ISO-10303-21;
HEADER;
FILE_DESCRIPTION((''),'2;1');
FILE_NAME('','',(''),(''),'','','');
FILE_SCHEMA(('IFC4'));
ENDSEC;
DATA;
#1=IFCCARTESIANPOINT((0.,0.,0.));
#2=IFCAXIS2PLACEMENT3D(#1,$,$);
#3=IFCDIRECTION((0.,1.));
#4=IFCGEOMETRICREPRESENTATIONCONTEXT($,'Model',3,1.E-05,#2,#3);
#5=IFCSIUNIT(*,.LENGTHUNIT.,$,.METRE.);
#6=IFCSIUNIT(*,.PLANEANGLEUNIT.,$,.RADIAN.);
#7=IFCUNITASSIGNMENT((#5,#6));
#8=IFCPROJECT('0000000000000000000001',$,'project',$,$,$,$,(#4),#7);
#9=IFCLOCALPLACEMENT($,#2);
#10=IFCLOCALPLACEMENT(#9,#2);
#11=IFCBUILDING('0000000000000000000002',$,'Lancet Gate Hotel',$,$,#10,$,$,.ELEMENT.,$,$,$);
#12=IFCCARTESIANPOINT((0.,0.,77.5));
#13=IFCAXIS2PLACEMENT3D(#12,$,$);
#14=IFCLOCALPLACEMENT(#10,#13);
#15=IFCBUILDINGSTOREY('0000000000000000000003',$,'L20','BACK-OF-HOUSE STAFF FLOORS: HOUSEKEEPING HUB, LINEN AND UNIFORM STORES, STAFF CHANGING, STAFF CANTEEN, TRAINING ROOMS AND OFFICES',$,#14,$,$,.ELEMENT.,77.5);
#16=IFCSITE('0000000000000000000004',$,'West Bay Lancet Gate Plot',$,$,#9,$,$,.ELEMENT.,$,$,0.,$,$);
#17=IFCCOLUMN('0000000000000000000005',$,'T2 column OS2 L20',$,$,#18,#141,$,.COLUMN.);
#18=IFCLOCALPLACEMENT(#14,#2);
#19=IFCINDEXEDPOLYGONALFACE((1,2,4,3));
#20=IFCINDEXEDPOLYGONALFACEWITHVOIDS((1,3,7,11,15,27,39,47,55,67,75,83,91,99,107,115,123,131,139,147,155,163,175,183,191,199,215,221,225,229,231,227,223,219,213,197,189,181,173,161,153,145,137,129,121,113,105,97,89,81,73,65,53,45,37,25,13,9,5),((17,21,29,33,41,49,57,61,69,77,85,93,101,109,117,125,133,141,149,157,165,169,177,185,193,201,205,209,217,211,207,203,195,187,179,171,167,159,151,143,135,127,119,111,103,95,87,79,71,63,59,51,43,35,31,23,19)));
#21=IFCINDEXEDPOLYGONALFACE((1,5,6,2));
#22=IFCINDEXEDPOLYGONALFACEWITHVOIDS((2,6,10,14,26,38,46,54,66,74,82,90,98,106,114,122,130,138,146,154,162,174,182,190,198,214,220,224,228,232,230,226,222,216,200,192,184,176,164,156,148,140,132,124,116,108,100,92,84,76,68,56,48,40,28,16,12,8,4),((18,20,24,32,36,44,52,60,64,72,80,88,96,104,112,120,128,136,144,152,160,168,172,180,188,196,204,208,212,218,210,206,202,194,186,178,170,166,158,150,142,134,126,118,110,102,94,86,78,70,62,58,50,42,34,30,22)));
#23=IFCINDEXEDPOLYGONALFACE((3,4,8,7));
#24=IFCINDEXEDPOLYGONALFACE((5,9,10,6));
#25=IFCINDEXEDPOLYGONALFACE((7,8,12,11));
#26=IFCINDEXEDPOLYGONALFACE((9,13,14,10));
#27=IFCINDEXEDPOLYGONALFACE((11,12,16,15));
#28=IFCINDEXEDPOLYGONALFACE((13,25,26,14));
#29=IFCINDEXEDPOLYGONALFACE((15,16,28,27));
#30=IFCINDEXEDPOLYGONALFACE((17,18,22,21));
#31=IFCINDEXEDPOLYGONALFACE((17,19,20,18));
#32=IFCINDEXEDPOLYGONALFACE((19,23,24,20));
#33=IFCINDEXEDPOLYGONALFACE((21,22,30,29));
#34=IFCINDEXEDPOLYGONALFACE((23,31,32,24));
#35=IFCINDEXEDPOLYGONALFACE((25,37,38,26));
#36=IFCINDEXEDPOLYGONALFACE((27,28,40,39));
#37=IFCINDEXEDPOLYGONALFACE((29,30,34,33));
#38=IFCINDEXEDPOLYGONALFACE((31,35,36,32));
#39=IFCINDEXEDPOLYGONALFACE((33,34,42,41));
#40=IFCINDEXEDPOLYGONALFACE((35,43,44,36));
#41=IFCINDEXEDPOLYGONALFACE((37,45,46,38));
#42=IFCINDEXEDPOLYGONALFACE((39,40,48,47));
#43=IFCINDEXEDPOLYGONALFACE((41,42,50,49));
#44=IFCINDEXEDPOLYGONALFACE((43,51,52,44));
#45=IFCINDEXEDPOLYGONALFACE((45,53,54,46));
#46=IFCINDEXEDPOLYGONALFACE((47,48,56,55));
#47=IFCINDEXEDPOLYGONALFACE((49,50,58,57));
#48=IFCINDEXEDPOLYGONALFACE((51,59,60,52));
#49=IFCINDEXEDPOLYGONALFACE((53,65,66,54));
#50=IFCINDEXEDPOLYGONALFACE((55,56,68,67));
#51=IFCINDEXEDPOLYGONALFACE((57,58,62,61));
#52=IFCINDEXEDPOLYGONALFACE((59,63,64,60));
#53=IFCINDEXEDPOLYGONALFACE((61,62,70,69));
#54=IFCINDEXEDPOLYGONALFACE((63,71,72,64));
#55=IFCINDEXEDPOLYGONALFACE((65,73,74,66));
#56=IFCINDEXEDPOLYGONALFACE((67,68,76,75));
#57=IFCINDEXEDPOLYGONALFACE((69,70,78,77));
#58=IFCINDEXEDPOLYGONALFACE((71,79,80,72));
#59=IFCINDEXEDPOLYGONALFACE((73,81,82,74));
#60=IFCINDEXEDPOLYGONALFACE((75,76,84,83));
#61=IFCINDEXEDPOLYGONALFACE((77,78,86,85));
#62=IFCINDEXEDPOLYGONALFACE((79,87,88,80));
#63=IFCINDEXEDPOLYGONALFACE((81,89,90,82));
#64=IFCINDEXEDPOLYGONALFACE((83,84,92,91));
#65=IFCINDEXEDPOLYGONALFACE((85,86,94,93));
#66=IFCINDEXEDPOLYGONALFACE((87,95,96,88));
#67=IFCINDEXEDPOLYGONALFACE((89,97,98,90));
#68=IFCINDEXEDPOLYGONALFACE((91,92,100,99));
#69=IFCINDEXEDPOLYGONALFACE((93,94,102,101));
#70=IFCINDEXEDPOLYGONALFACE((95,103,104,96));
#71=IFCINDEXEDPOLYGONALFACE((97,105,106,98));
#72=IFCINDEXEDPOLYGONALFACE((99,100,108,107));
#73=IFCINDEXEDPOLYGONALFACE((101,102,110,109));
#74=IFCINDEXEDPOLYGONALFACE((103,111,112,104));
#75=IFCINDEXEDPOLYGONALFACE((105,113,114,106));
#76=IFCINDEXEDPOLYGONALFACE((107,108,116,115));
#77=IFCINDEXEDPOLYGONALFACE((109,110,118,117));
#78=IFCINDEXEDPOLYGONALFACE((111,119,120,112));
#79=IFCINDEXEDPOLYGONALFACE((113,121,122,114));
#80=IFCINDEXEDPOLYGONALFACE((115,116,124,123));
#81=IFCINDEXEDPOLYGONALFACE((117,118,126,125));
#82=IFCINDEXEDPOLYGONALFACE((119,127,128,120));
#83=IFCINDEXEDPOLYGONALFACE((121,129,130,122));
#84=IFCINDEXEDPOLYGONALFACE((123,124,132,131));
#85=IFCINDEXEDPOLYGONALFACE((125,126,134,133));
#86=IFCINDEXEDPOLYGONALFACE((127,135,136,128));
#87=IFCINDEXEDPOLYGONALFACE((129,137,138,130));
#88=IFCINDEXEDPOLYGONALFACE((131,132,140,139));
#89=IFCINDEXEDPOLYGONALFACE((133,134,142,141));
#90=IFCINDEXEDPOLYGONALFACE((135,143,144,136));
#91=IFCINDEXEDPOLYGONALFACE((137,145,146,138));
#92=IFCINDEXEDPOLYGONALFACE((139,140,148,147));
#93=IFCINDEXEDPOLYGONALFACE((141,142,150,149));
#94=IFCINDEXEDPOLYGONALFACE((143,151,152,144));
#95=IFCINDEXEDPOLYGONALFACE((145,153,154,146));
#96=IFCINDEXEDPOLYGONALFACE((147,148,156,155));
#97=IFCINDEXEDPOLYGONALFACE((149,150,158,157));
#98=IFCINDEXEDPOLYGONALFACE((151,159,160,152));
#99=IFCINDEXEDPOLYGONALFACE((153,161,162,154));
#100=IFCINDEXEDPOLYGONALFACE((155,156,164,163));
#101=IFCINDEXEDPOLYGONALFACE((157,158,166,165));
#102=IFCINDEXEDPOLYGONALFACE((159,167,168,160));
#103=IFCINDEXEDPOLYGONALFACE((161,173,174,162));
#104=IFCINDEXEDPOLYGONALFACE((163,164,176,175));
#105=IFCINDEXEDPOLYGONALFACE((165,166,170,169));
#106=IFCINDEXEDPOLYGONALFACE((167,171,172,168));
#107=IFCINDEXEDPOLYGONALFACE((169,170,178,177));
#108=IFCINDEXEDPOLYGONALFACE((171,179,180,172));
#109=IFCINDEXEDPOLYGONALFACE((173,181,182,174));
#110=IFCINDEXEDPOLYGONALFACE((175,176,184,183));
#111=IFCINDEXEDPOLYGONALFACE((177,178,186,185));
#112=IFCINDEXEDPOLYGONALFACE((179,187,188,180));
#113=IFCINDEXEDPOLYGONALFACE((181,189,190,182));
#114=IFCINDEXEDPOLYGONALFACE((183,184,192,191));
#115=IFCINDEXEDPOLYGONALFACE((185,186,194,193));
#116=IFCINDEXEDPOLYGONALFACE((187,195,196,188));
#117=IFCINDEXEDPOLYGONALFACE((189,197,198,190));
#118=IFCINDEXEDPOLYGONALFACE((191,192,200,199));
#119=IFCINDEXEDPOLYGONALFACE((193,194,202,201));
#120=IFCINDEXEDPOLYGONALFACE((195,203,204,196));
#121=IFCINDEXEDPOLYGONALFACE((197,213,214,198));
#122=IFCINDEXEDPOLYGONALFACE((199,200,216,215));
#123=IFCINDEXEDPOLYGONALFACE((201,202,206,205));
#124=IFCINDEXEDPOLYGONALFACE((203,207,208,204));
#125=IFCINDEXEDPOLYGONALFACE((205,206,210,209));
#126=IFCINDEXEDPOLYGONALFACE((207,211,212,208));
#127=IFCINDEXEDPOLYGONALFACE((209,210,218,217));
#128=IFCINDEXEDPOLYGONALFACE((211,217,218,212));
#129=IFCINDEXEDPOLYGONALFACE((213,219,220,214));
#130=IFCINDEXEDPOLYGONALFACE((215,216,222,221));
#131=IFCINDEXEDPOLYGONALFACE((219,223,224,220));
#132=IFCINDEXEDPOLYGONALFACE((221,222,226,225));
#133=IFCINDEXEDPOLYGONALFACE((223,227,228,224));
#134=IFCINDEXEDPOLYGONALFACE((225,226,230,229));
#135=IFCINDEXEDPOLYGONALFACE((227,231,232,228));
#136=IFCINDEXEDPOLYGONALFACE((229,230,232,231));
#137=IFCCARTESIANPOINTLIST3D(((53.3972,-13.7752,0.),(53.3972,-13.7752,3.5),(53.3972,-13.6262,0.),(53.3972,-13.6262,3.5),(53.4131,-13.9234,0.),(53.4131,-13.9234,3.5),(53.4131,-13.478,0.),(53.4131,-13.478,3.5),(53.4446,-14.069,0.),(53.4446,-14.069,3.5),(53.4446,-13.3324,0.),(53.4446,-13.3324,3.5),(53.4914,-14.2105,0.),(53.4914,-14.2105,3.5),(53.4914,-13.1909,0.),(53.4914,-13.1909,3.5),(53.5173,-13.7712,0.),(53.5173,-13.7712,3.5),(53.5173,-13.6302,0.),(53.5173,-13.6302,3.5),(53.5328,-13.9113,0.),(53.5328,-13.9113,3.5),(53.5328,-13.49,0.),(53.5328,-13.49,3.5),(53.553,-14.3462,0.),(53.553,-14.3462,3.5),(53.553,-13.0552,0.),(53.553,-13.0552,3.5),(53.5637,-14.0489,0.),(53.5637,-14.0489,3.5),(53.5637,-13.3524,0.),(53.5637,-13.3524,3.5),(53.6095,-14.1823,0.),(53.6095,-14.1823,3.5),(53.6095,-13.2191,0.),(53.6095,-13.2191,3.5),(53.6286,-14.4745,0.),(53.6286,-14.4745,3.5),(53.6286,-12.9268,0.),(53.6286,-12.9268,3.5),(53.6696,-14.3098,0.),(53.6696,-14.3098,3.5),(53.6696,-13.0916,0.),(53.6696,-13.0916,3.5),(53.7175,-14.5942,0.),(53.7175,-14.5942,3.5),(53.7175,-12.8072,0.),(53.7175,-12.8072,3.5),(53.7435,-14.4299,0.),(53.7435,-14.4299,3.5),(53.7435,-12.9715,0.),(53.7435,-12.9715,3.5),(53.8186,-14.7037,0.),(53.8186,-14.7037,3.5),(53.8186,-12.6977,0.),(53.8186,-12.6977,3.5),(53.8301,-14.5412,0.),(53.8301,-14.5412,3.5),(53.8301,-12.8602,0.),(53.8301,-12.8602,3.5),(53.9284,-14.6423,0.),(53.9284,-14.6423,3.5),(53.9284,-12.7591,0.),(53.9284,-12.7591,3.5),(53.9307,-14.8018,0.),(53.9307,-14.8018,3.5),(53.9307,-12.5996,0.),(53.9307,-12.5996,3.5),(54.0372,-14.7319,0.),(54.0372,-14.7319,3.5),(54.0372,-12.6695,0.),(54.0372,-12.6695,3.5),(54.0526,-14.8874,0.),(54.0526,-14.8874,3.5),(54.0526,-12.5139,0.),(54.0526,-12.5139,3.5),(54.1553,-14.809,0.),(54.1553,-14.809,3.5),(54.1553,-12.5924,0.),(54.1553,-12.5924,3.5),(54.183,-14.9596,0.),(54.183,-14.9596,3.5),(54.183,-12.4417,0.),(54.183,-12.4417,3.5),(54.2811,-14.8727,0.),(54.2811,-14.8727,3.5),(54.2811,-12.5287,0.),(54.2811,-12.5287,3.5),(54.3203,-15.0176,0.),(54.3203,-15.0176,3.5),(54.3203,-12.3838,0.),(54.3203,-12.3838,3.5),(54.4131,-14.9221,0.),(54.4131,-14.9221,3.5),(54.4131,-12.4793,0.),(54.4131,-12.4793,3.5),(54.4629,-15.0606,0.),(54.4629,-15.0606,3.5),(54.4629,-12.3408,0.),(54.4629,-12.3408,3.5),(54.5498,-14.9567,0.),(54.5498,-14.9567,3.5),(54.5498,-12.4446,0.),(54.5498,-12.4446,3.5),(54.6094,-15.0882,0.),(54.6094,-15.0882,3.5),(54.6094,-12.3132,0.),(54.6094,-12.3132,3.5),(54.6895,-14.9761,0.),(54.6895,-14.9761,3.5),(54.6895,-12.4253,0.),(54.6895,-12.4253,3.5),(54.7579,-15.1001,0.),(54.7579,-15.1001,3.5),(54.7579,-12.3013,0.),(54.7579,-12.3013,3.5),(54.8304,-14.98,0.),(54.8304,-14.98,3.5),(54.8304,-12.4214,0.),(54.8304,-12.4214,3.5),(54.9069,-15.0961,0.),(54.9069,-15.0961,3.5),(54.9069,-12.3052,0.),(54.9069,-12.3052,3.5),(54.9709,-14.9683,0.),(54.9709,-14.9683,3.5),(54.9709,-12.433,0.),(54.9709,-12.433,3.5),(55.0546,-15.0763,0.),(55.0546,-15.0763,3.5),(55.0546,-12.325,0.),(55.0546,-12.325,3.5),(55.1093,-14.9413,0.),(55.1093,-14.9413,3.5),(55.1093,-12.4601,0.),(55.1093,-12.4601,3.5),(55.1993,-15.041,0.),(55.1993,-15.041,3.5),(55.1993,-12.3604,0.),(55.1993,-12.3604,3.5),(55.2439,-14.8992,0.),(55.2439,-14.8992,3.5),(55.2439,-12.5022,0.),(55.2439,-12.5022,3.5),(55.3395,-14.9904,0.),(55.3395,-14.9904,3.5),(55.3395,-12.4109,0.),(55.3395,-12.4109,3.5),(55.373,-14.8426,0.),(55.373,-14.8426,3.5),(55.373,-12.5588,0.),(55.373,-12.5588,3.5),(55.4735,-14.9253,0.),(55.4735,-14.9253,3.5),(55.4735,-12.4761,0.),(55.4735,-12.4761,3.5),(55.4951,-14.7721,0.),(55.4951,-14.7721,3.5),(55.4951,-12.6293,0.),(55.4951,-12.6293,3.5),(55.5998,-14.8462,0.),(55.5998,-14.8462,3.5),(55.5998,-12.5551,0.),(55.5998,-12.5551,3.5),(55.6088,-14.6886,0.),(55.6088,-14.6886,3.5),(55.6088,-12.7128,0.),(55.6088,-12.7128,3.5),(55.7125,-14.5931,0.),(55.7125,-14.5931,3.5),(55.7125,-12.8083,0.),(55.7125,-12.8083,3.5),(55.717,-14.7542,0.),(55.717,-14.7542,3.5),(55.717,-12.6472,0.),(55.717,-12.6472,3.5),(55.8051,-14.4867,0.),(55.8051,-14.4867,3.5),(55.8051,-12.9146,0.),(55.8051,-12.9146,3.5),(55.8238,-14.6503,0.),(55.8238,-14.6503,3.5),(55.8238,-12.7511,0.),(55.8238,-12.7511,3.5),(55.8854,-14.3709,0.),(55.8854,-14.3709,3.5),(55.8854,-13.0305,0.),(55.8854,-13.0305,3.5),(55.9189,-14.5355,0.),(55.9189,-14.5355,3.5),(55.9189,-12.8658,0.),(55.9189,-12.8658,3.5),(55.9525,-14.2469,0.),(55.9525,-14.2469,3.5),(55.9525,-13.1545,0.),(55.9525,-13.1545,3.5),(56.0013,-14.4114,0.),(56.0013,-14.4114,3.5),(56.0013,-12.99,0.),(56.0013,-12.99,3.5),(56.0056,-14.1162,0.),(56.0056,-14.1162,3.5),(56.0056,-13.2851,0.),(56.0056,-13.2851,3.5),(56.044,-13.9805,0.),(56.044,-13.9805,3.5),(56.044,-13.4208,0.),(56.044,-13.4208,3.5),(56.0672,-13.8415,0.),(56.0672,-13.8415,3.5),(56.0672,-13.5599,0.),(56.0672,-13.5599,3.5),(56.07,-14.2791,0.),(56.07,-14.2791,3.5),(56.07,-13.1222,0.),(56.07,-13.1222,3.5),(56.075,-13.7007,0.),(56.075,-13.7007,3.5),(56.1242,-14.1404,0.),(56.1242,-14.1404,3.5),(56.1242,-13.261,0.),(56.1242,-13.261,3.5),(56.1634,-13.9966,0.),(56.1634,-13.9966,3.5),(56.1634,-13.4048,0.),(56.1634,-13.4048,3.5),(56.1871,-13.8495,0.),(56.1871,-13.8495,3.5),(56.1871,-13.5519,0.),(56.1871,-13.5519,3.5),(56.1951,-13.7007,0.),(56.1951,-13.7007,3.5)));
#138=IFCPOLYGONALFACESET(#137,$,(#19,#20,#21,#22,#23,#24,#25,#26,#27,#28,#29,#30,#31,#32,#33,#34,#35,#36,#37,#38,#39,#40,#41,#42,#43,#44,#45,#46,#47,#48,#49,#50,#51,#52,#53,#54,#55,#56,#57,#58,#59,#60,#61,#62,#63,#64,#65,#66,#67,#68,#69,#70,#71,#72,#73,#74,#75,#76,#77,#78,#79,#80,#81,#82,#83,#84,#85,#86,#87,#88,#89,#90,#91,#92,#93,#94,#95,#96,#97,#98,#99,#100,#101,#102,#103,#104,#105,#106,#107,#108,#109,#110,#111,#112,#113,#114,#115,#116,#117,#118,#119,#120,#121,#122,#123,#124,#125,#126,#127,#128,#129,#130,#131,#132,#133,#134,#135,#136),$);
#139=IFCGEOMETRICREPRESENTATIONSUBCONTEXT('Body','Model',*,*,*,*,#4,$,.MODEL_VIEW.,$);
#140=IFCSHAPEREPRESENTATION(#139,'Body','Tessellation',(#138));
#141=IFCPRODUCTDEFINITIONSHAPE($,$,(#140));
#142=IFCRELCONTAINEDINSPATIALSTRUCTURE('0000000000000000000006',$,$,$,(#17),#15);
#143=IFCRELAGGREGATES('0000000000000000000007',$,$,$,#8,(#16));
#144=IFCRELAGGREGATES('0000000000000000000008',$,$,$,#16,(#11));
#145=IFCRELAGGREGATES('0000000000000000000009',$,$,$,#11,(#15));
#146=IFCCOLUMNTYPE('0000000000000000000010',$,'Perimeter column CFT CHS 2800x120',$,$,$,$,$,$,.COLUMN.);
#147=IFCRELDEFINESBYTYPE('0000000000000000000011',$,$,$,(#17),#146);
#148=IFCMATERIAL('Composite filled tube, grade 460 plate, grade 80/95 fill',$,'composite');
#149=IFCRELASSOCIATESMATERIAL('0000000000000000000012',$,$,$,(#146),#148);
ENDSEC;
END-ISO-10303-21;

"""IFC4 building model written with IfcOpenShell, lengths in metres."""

from ifc_helpers import new_model, si_unit, direction, frame, origin, origin_2d, place, context, subcontext, project, spatial, hollow_circle, extrude, material, material_profile, profile_set, type_object, element, save


model = new_model("IFC4")

# Units and contexts
model_context = context("Model", 3, precision=1e-05, world=origin(), true_north=direction((0.0, 1.0)))
body_context = subcontext(model_context, "Body", "Model", "MODEL_VIEW")
ifc_project = project(units=[si_unit("LENGTHUNIT", "METRE"), si_unit("PLANEANGLEUNIT", "RADIAN")], contexts=[model_context])

# Site, building, storey
site_placement = place(None, origin())
site = spatial("IfcSite", under=ifc_project, at=site_placement, Name="West Bay Lancet Gate Plot", CompositionType="ELEMENT", RefElevation=0.0)
building_placement = place(site_placement, origin())
building = spatial("IfcBuilding", under=site, at=building_placement, Name="Lancet Gate Hotel", CompositionType="ELEMENT")
storey_placement = place(building_placement, frame((0.0, 0.0, 77.5)))
storey = spatial("IfcBuildingStorey", under=building, at=storey_placement, Name="L20", Description="BACK-OF-HOUSE STAFF FLOORS: HOUSEKEEPING HUB, LINEN AND UNIFORM STORES, STAFF CHANGING, STAFF CANTEEN, TRAINING ROOMS AND OFFICES", CompositionType="ELEMENT", Elevation=77.5)

# Column
ifc_material_1 = material(Name="Composite filled tube, grade 460 plate, grade 80/95 fill", Category="composite")
ifc_material_profile_1 = material_profile(ifc_material_1, hollow_circle(Radius=1.3999, WallThickness=0.1201, at=origin_2d()), Name="CHS 2800x120")
ifc_profile_set_1 = profile_set([ifc_material_profile_1], Name="Composite filled tube, grade 460 plate, grade 80/95 fill")
column_type = type_object("IfcColumnType", Name="Perimeter column CFT CHS 2800x120", PredefinedType="COLUMN", material=ifc_profile_set_1)
for number, where, z_axis, x_axis, name in (
    (1, (54.7952, -13.7007, 0.0), (0.0, 0.0, 1.0), (1.0, 0.0, 0.0), "T2 column OS2 L20"),
):
    element("IfcColumn", number, at=place(storey_placement, frame(where, z_axis=z_axis, x_axis=x_axis)), inside=storey, type_object=column_type, Name=name, PredefinedType="COLUMN", context=body_context, shape_type="SweptSolid", body=[
        extrude(hollow_circle(Radius=1.3999, WallThickness=0.1201, at=origin_2d()), origin(), (0.0, 0.0, 1.0), 3.5),
    ])

save(model, "model.ifc")
